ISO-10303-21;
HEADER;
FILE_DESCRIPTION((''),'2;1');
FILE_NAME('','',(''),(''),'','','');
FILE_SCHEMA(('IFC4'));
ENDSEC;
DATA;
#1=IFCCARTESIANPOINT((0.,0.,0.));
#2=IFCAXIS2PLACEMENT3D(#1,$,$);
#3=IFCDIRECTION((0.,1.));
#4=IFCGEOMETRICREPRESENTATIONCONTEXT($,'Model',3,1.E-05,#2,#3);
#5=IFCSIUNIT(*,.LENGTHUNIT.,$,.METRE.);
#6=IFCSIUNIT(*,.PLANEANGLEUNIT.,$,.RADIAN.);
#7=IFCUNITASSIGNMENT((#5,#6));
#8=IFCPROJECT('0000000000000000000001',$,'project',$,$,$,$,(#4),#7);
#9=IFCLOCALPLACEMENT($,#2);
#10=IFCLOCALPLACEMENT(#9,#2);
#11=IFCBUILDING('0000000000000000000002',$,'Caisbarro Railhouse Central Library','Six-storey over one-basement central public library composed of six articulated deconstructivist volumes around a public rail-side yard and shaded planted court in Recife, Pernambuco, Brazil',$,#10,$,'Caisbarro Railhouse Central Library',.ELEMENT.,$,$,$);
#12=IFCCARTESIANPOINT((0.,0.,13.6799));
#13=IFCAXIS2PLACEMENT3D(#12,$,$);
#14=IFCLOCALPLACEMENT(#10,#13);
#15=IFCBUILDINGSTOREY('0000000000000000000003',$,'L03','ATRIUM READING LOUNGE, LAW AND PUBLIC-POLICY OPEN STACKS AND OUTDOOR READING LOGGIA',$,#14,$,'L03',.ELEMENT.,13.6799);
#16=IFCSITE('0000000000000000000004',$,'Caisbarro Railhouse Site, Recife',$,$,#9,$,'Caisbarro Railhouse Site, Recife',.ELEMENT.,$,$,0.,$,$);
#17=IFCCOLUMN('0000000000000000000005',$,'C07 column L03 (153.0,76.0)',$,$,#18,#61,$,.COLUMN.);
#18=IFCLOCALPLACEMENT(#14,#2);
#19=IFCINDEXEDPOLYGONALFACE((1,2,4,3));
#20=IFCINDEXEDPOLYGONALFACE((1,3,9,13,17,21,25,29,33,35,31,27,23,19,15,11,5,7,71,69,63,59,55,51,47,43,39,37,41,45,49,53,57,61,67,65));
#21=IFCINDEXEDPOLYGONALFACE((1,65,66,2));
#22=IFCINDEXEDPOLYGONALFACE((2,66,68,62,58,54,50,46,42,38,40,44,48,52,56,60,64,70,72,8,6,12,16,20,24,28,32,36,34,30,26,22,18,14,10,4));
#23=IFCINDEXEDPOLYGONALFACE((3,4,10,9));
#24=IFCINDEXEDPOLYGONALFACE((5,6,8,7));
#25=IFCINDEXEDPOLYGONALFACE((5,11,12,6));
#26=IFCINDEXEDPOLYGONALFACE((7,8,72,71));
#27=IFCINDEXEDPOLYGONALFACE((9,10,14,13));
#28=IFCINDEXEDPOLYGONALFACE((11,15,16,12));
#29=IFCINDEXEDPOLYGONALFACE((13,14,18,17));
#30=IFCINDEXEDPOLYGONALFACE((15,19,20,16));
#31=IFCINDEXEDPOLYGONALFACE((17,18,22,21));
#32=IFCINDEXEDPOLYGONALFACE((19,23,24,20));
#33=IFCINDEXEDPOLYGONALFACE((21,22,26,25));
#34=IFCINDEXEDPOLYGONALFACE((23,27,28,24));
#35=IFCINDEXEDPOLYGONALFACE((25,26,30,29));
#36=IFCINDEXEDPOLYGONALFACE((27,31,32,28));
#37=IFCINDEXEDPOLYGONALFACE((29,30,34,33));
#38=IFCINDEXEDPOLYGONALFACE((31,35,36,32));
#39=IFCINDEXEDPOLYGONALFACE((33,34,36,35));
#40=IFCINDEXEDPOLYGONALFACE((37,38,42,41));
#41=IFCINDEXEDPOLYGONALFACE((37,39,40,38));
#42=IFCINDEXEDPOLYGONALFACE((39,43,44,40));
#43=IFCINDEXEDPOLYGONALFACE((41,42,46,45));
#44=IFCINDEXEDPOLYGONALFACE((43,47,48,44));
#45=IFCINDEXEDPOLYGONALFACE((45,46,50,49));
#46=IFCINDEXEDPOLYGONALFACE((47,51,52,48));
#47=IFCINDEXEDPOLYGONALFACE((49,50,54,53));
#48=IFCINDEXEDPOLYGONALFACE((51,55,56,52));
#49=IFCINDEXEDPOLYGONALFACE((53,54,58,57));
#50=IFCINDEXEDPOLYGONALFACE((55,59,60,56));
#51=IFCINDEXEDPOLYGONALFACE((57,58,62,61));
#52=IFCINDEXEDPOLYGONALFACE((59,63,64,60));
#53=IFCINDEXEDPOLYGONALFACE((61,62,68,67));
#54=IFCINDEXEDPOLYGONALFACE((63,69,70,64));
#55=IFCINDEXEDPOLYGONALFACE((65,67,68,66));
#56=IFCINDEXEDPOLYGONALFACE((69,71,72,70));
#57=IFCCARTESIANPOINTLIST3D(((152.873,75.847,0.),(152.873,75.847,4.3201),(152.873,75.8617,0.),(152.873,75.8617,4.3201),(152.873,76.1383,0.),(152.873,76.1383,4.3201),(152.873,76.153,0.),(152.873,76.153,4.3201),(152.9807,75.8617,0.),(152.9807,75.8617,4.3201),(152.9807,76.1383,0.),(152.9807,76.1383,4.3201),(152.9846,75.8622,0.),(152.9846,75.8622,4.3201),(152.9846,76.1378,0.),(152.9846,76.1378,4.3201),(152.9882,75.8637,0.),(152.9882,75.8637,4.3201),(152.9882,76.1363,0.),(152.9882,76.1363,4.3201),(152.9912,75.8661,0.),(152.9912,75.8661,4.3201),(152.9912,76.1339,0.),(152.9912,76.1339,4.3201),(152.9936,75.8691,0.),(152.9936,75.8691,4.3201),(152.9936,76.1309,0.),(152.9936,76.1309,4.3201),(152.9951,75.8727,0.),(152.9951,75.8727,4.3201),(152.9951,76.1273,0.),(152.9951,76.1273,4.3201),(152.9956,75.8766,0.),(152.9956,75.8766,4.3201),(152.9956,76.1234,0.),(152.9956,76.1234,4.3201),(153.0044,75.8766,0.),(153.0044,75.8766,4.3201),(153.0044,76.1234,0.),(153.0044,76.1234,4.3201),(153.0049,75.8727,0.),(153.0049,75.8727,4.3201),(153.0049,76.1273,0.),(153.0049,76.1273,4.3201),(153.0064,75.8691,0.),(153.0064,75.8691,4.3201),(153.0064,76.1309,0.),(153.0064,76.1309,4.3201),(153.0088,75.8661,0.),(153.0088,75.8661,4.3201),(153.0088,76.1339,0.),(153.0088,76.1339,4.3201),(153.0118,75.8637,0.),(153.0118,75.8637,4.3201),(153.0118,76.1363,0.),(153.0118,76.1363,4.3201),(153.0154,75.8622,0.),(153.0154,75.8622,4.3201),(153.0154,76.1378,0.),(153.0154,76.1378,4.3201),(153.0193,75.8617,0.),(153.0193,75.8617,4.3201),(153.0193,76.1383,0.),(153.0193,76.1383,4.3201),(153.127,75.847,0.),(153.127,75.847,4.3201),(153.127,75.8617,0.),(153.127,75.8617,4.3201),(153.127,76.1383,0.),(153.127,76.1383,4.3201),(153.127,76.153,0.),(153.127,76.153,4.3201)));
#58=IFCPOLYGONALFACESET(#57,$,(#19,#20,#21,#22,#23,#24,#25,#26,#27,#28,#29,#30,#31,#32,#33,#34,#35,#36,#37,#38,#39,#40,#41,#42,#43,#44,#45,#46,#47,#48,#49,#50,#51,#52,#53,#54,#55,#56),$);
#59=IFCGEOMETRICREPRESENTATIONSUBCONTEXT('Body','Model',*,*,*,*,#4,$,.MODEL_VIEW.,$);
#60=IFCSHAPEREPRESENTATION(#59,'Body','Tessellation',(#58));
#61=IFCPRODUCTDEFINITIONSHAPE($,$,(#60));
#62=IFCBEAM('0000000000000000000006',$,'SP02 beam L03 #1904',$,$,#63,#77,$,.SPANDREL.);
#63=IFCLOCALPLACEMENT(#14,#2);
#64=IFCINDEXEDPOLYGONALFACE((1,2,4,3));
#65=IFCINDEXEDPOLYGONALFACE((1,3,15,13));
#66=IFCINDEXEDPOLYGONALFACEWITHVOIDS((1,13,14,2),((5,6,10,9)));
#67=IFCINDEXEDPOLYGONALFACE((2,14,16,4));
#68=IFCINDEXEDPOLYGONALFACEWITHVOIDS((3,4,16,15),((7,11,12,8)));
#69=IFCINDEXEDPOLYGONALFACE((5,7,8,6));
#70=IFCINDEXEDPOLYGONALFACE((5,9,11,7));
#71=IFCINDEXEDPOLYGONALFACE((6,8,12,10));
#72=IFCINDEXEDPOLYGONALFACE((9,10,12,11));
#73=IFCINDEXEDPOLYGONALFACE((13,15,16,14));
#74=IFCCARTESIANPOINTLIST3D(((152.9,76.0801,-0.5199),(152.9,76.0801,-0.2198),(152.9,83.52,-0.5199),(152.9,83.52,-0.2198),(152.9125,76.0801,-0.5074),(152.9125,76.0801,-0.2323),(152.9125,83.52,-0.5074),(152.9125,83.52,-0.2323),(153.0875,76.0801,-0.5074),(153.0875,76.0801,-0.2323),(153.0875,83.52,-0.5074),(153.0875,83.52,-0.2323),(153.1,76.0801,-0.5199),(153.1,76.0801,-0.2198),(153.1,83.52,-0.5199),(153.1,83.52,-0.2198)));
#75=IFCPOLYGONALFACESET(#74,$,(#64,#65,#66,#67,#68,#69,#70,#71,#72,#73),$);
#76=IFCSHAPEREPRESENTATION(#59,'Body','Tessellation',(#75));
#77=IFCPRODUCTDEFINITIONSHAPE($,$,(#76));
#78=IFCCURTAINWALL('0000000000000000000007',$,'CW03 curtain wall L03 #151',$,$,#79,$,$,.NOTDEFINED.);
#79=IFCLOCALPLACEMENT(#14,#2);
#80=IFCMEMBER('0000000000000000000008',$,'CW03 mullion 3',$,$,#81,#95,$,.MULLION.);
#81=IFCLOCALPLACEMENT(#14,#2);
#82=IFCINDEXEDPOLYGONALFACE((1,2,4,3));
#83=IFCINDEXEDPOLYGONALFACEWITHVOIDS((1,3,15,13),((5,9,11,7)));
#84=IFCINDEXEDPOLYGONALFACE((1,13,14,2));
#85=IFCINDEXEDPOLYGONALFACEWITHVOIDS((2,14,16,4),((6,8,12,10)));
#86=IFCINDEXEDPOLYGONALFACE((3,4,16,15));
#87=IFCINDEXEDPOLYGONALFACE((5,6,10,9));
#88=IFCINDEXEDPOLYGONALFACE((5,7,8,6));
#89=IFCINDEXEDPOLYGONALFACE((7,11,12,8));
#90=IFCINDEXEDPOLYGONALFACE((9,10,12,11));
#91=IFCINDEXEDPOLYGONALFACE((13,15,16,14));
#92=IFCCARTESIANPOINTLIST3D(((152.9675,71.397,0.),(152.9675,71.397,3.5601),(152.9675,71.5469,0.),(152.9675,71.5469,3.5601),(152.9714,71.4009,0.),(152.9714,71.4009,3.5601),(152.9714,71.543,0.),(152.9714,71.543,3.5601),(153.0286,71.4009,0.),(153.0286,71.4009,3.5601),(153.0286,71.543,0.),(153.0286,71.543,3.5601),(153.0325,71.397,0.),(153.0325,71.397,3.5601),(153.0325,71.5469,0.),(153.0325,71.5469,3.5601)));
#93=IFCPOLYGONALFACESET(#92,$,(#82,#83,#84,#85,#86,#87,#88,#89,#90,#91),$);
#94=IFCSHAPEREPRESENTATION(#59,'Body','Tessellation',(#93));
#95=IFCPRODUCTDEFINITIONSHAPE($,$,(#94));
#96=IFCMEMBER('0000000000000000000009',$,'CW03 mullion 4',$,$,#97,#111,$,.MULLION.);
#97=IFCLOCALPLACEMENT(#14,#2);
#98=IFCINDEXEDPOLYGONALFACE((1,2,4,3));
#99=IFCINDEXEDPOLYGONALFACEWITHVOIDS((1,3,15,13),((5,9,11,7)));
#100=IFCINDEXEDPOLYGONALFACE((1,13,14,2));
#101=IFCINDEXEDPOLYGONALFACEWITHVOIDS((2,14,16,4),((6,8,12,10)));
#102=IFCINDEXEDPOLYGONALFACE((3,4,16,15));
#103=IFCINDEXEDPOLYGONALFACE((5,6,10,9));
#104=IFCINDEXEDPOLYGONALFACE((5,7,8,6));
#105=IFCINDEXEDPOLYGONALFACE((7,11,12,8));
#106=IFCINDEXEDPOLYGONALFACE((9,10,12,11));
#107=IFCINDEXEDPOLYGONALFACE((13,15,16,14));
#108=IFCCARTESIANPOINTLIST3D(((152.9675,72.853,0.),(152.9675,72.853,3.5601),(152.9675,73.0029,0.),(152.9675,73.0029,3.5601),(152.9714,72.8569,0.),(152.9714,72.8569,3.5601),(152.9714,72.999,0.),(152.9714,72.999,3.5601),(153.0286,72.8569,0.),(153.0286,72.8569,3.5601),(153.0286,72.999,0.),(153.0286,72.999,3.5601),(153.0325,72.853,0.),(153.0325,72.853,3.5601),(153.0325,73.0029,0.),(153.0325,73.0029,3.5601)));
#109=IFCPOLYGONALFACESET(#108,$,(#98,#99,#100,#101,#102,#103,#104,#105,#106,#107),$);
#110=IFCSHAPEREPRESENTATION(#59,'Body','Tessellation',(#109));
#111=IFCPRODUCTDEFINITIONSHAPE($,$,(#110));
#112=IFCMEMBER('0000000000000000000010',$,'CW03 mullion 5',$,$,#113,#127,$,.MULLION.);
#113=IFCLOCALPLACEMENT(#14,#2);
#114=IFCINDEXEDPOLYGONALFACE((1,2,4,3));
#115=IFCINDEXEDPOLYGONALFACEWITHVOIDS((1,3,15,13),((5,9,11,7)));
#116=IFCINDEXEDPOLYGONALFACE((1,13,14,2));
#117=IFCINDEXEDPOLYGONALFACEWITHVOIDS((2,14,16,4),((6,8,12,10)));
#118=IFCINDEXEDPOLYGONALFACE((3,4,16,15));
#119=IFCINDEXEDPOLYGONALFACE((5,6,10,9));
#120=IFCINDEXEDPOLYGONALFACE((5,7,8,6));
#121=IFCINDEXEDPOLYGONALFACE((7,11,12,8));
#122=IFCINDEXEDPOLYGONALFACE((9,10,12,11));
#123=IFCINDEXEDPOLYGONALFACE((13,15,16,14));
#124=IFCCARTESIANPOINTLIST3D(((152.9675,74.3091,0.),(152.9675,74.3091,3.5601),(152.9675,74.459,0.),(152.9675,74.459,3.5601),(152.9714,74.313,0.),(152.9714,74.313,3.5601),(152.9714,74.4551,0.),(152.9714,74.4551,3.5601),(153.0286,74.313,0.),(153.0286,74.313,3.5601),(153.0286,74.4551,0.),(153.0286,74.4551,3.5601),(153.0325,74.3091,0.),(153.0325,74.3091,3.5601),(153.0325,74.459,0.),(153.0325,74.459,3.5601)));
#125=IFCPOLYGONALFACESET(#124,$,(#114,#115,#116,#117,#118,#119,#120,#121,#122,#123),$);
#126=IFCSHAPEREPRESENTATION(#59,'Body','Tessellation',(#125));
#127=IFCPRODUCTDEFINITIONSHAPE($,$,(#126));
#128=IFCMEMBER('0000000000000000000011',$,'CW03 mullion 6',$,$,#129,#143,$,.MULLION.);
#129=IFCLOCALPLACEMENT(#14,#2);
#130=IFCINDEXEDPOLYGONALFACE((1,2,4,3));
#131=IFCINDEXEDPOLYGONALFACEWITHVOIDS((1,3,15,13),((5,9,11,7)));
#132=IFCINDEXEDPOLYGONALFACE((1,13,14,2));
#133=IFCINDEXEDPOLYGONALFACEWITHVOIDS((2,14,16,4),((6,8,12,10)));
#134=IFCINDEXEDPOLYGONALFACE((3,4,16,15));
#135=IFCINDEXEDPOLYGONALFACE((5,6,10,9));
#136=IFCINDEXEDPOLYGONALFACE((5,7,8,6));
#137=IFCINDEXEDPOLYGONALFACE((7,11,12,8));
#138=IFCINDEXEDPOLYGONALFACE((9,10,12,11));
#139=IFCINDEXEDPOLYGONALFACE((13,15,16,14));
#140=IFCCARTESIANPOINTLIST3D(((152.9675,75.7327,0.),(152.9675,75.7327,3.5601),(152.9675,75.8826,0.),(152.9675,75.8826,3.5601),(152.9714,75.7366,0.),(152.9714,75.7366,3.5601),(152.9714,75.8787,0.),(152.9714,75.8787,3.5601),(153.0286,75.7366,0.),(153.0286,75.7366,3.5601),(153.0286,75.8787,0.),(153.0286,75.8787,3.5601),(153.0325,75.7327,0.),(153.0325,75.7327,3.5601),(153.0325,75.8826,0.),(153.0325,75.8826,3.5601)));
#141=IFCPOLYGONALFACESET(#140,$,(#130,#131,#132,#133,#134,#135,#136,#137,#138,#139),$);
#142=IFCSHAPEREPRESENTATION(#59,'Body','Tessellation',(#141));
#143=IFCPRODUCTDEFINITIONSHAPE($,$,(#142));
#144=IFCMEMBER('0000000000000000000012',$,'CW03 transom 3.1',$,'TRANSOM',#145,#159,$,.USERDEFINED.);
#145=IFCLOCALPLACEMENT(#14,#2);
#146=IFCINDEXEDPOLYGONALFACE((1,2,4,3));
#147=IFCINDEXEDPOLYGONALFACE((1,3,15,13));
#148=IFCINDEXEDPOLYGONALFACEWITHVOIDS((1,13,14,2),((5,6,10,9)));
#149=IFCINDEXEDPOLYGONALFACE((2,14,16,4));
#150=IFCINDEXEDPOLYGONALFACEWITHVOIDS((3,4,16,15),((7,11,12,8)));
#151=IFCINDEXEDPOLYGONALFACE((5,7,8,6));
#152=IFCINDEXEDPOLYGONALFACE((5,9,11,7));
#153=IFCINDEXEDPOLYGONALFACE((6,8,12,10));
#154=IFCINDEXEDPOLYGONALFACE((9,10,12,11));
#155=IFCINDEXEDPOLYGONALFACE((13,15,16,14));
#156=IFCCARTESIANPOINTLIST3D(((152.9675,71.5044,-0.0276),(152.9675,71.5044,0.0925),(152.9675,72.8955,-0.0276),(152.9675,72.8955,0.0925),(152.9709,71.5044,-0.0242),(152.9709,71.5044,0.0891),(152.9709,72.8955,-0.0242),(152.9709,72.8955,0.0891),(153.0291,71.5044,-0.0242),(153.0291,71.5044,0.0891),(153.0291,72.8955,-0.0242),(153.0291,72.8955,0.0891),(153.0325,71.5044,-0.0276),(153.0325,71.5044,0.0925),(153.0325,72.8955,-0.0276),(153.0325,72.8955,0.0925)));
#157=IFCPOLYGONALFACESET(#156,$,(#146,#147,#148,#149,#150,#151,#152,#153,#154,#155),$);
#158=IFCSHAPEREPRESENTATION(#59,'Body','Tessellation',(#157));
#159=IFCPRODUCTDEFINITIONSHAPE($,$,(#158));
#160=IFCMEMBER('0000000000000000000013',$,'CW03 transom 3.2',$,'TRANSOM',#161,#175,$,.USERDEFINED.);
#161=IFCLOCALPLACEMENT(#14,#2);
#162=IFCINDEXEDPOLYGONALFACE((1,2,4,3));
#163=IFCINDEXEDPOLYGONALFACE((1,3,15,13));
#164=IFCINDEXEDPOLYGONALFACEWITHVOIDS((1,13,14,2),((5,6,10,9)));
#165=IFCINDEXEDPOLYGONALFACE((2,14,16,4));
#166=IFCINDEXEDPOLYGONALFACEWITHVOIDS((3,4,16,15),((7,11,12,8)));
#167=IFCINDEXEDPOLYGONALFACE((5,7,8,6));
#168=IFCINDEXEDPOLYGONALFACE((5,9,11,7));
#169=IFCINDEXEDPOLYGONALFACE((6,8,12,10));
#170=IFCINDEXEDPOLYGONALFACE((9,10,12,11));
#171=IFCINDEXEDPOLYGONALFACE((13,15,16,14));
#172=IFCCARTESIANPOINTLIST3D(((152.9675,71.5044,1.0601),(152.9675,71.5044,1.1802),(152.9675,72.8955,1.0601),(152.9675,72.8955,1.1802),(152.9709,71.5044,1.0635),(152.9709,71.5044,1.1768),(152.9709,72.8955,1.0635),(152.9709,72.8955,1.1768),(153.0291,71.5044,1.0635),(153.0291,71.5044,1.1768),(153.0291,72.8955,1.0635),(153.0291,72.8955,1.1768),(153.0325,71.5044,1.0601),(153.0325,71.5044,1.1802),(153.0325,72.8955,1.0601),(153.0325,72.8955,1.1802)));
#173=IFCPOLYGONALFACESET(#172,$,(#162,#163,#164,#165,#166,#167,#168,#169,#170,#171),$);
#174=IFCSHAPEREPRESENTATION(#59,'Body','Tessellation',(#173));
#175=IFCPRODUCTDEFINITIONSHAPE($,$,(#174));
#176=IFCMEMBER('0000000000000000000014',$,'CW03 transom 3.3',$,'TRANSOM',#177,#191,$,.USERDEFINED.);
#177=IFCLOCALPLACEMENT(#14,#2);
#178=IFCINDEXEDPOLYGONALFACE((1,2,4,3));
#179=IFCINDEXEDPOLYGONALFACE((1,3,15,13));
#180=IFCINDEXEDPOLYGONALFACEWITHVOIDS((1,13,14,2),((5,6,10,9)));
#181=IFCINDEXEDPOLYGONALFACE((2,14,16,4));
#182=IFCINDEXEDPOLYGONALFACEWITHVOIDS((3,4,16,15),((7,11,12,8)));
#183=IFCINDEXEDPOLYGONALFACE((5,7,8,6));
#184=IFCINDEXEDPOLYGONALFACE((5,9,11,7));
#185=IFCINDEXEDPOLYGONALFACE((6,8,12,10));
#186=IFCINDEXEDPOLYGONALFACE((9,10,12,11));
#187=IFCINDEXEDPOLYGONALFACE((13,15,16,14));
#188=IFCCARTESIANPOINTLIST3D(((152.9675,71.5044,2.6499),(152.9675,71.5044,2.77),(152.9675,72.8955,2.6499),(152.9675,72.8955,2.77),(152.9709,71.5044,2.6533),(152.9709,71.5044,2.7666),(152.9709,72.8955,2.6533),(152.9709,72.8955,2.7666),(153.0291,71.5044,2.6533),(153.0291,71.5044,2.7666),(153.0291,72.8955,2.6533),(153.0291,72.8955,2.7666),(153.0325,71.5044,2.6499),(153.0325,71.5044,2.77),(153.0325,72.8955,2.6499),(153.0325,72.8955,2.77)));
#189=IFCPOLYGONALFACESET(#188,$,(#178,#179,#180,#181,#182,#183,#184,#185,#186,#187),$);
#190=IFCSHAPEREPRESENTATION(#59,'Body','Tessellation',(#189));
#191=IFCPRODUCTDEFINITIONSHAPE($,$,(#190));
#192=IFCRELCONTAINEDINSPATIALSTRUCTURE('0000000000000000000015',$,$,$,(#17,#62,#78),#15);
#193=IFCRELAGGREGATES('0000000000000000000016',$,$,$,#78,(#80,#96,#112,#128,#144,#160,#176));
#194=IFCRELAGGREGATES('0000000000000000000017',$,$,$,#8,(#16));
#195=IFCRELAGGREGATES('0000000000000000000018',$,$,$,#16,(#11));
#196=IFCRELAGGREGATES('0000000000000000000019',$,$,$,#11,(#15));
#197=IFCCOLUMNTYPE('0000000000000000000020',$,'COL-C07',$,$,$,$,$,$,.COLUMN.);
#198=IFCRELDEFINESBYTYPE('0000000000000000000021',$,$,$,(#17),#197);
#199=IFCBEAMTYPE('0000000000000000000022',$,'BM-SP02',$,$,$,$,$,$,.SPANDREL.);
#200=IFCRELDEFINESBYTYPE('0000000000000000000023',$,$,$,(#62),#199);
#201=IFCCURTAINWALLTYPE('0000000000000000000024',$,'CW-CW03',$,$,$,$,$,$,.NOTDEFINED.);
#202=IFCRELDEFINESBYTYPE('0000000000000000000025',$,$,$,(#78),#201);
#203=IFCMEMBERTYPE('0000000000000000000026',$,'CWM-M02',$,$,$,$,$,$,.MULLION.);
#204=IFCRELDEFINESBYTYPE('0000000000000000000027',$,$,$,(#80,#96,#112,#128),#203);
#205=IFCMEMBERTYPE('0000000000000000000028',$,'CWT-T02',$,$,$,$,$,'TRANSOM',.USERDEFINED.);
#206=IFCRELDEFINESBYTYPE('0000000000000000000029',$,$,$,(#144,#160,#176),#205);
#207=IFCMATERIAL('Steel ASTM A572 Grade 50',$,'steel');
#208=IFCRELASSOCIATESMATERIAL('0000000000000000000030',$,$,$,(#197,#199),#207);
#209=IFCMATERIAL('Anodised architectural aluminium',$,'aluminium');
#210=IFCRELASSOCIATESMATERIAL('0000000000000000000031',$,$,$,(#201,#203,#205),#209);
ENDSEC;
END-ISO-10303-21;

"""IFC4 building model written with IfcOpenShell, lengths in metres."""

from ifc_helpers import new_model, si_unit, direction, frame, origin, origin_2d, place, context, subcontext, project, spatial, hollow_rectangle, i_section, extrude, material, material_profile, profile_set, type_object, element, aggregate, save


model = new_model("IFC4")

# Units and contexts
model_context = context("Model", 3, precision=1e-05, world=origin(), true_north=direction((0.0, 1.0)))
body_context = subcontext(model_context, "Body", "Model", "MODEL_VIEW")
ifc_project = project(units=[si_unit("LENGTHUNIT", "METRE"), si_unit("PLANEANGLEUNIT", "RADIAN")], contexts=[model_context])

# Site, building, storey
site_placement = place(None, origin())
site = spatial("IfcSite", under=ifc_project, at=site_placement, Name="Caisbarro Railhouse Site, Recife", LongName="Caisbarro Railhouse Site, Recife", CompositionType="ELEMENT", RefElevation=0.0)
building_placement = place(site_placement, origin())
building = spatial("IfcBuilding", under=site, at=building_placement, Name="Caisbarro Railhouse Central Library", Description="Six-storey over one-basement central public library composed of six articulated deconstructivist volumes around a public rail-side yard and shaded planted court in Recife, Pernambuco, Brazil", LongName="Caisbarro Railhouse Central Library", CompositionType="ELEMENT")
storey_placement = place(building_placement, frame((0.0, 0.0, 13.6799)))
storey = spatial("IfcBuildingStorey", under=building, at=storey_placement, Name="L03", Description="ATRIUM READING LOUNGE, LAW AND PUBLIC-POLICY OPEN STACKS AND OUTDOOR READING LOGGIA", LongName="L03", CompositionType="ELEMENT", Elevation=13.6799)

# Column
ifc_material_1 = material(Name="Steel ASTM A572 Grade 50", Category="steel")
ifc_material_profile_1 = material_profile(ifc_material_1, i_section(OverallWidth=0.2539, OverallDepth=0.3059, WebThickness=0.0088, FlangeThickness=0.0146, FilletRadius=0.0149, at=origin_2d()), Name="W310X79.0")
ifc_profile_set_1 = profile_set([ifc_material_profile_1], Name="Steel ASTM A572 Grade 50")
column_type = type_object("IfcColumnType", Name="COL-C07", PredefinedType="COLUMN", material=ifc_profile_set_1)
column_placement = place(storey_placement, frame((153.0, 76.0, 0.0), z_axis=(0.0, 0.0, 1.0), x_axis=(1.0, 0.0, 0.0)))
element("IfcColumn", 1, at=column_placement, inside=storey, type_object=column_type, Name="C07 column L03 (153.0,76.0)", PredefinedType="COLUMN", context=body_context, shape_type="SweptSolid", body=[
    extrude(i_section(OverallWidth=0.2539, OverallDepth=0.3059, WebThickness=0.0088, FlangeThickness=0.0146, FilletRadius=0.0149, at=origin_2d()), origin(), (0.0, 0.0, 1.0), 4.3201),
])

# Beam
ifc_material_profile_2 = material_profile(ifc_material_1, hollow_rectangle(XDim=0.2, YDim=0.3, WallThickness=0.0125, at=origin_2d()), Name="HSS300X200X12.5")
ifc_profile_set_2 = profile_set([ifc_material_profile_2], Name="Steel ASTM A572 Grade 50")
beam_type = type_object("IfcBeamType", Name="BM-SP02", PredefinedType="SPANDREL", material=ifc_profile_set_2)
beam_placement = place(storey_placement, frame((153.0, 76.0801, -0.3699), z_axis=(0.0, 1.0, 0.0), x_axis=(-1.0, 0.0, 0.0)))
element("IfcBeam", 2, at=beam_placement, inside=storey, type_object=beam_type, Name="SP02 beam L03 #1904", PredefinedType="SPANDREL", context=body_context, shape_type="SweptSolid", body=[
    extrude(hollow_rectangle(XDim=0.2, YDim=0.3, WallThickness=0.0125, at=origin_2d()), origin(), (0.0, 0.0, 1.0), 7.4399),
])

# Curtain wall, members
ifc_material_2 = material(Name="Anodised architectural aluminium", Category="aluminium")
curtain_wall_type = type_object("IfcCurtainWallType", Name="CW-CW03", PredefinedType="NOTDEFINED", material=ifc_material_2)
curtain_wall_placement = place(storey_placement, origin())
curtain_wall = element("IfcCurtainWall", 3, at=curtain_wall_placement, inside=storey, type_object=curtain_wall_type, Name="CW03 curtain wall L03 #151", PredefinedType="NOTDEFINED")
ifc_material_profile_3 = material_profile(ifc_material_2, hollow_rectangle(XDim=0.0649, YDim=0.1499, WallThickness=0.0039, at=origin_2d()), Name="ALU-MUL-65X150")
ifc_profile_set_3 = profile_set([ifc_material_profile_3], Name="Anodised architectural aluminium")
member_type_1 = type_object("IfcMemberType", Name="CWM-M02", PredefinedType="MULLION", material=ifc_profile_set_3)
member_1_placement = place(storey_placement, frame((153.0, 71.4719, 0.0), z_axis=(0.0, 0.0, 1.0), x_axis=(-1.0, 0.0, 0.0)))
member_1 = element("IfcMember", 4, at=member_1_placement, type_object=member_type_1, Name="CW03 mullion 3", PredefinedType="MULLION", context=body_context, shape_type="SweptSolid", body=[
    extrude(hollow_rectangle(XDim=0.0649, YDim=0.1499, WallThickness=0.0039, at=origin_2d()), origin(), (0.0, 0.0, 1.0), 3.5601),
])
member_2_placement = place(storey_placement, frame((153.0, 72.928, 0.0), z_axis=(0.0, 0.0, 1.0), x_axis=(-1.0, 0.0, 0.0)))
member_2 = element("IfcMember", 5, at=member_2_placement, type_object=member_type_1, Name="CW03 mullion 4", PredefinedType="MULLION", context=body_context, shape_type="SweptSolid", body=[
    extrude(hollow_rectangle(XDim=0.0649, YDim=0.1499, WallThickness=0.0039, at=origin_2d()), origin(), (0.0, 0.0, 1.0), 3.5601),
])
member_3_placement = place(storey_placement, frame((153.0, 74.384, 0.0), z_axis=(0.0, 0.0, 1.0), x_axis=(-1.0, 0.0, 0.0)))
member_3 = element("IfcMember", 6, at=member_3_placement, type_object=member_type_1, Name="CW03 mullion 5", PredefinedType="MULLION", context=body_context, shape_type="SweptSolid", body=[
    extrude(hollow_rectangle(XDim=0.0649, YDim=0.1499, WallThickness=0.0039, at=origin_2d()), origin(), (0.0, 0.0, 1.0), 3.5601),
])
member_4_placement = place(storey_placement, frame((153.0, 75.8076, 0.0), z_axis=(0.0, 0.0, 1.0), x_axis=(-1.0, 0.0, 0.0)))
member_4 = element("IfcMember", 7, at=member_4_placement, type_object=member_type_1, Name="CW03 mullion 6", PredefinedType="MULLION", context=body_context, shape_type="SweptSolid", body=[
    extrude(hollow_rectangle(XDim=0.0649, YDim=0.1499, WallThickness=0.0039, at=origin_2d()), origin(), (0.0, 0.0, 1.0), 3.5601),
])
ifc_material_profile_4 = material_profile(ifc_material_2, hollow_rectangle(XDim=0.0649, YDim=0.1201, WallThickness=0.0034, at=origin_2d()), Name="ALU-TRN-65X120")
ifc_profile_set_4 = profile_set([ifc_material_profile_4], Name="Anodised architectural aluminium")
member_type_2 = type_object("IfcMemberType", Name="CWT-T02", ElementType="TRANSOM", PredefinedType="USERDEFINED", material=ifc_profile_set_4)
member_5_placement = place(storey_placement, frame((153.0, 71.5044, 0.0325), z_axis=(0.0, 1.0, 0.0), x_axis=(-1.0, 0.0, 0.0)))
member_5 = element("IfcMember", 8, at=member_5_placement, type_object=member_type_2, Name="CW03 transom 3.1", ObjectType="TRANSOM", PredefinedType="USERDEFINED", context=body_context, shape_type="SweptSolid", body=[
    extrude(hollow_rectangle(XDim=0.0649, YDim=0.1201, WallThickness=0.0034, at=origin_2d()), origin(), (0.0, 0.0, 1.0), 1.3911),
])
member_6_placement = place(storey_placement, frame((153.0, 71.5044, 1.1201), z_axis=(0.0, 1.0, 0.0), x_axis=(-1.0, 0.0, 0.0)))
member_6 = element("IfcMember", 9, at=member_6_placement, type_object=member_type_2, Name="CW03 transom 3.2", ObjectType="TRANSOM", PredefinedType="USERDEFINED", context=body_context, shape_type="SweptSolid", body=[
    extrude(hollow_rectangle(XDim=0.0649, YDim=0.1201, WallThickness=0.0034, at=origin_2d()), origin(), (0.0, 0.0, 1.0), 1.3911),
])
member_7_placement = place(storey_placement, frame((153.0, 71.5044, 2.71), z_axis=(0.0, 1.0, 0.0), x_axis=(-1.0, 0.0, 0.0)))
member_7 = element("IfcMember", 10, at=member_7_placement, type_object=member_type_2, Name="CW03 transom 3.3", ObjectType="TRANSOM", PredefinedType="USERDEFINED", context=body_context, shape_type="SweptSolid", body=[
    extrude(hollow_rectangle(XDim=0.0649, YDim=0.1201, WallThickness=0.0034, at=origin_2d()), origin(), (0.0, 0.0, 1.0), 1.3911),
])

aggregate(curtain_wall, [member_1, member_2, member_3, member_4, member_5, member_6, member_7])

save(model, "model.ifc")
